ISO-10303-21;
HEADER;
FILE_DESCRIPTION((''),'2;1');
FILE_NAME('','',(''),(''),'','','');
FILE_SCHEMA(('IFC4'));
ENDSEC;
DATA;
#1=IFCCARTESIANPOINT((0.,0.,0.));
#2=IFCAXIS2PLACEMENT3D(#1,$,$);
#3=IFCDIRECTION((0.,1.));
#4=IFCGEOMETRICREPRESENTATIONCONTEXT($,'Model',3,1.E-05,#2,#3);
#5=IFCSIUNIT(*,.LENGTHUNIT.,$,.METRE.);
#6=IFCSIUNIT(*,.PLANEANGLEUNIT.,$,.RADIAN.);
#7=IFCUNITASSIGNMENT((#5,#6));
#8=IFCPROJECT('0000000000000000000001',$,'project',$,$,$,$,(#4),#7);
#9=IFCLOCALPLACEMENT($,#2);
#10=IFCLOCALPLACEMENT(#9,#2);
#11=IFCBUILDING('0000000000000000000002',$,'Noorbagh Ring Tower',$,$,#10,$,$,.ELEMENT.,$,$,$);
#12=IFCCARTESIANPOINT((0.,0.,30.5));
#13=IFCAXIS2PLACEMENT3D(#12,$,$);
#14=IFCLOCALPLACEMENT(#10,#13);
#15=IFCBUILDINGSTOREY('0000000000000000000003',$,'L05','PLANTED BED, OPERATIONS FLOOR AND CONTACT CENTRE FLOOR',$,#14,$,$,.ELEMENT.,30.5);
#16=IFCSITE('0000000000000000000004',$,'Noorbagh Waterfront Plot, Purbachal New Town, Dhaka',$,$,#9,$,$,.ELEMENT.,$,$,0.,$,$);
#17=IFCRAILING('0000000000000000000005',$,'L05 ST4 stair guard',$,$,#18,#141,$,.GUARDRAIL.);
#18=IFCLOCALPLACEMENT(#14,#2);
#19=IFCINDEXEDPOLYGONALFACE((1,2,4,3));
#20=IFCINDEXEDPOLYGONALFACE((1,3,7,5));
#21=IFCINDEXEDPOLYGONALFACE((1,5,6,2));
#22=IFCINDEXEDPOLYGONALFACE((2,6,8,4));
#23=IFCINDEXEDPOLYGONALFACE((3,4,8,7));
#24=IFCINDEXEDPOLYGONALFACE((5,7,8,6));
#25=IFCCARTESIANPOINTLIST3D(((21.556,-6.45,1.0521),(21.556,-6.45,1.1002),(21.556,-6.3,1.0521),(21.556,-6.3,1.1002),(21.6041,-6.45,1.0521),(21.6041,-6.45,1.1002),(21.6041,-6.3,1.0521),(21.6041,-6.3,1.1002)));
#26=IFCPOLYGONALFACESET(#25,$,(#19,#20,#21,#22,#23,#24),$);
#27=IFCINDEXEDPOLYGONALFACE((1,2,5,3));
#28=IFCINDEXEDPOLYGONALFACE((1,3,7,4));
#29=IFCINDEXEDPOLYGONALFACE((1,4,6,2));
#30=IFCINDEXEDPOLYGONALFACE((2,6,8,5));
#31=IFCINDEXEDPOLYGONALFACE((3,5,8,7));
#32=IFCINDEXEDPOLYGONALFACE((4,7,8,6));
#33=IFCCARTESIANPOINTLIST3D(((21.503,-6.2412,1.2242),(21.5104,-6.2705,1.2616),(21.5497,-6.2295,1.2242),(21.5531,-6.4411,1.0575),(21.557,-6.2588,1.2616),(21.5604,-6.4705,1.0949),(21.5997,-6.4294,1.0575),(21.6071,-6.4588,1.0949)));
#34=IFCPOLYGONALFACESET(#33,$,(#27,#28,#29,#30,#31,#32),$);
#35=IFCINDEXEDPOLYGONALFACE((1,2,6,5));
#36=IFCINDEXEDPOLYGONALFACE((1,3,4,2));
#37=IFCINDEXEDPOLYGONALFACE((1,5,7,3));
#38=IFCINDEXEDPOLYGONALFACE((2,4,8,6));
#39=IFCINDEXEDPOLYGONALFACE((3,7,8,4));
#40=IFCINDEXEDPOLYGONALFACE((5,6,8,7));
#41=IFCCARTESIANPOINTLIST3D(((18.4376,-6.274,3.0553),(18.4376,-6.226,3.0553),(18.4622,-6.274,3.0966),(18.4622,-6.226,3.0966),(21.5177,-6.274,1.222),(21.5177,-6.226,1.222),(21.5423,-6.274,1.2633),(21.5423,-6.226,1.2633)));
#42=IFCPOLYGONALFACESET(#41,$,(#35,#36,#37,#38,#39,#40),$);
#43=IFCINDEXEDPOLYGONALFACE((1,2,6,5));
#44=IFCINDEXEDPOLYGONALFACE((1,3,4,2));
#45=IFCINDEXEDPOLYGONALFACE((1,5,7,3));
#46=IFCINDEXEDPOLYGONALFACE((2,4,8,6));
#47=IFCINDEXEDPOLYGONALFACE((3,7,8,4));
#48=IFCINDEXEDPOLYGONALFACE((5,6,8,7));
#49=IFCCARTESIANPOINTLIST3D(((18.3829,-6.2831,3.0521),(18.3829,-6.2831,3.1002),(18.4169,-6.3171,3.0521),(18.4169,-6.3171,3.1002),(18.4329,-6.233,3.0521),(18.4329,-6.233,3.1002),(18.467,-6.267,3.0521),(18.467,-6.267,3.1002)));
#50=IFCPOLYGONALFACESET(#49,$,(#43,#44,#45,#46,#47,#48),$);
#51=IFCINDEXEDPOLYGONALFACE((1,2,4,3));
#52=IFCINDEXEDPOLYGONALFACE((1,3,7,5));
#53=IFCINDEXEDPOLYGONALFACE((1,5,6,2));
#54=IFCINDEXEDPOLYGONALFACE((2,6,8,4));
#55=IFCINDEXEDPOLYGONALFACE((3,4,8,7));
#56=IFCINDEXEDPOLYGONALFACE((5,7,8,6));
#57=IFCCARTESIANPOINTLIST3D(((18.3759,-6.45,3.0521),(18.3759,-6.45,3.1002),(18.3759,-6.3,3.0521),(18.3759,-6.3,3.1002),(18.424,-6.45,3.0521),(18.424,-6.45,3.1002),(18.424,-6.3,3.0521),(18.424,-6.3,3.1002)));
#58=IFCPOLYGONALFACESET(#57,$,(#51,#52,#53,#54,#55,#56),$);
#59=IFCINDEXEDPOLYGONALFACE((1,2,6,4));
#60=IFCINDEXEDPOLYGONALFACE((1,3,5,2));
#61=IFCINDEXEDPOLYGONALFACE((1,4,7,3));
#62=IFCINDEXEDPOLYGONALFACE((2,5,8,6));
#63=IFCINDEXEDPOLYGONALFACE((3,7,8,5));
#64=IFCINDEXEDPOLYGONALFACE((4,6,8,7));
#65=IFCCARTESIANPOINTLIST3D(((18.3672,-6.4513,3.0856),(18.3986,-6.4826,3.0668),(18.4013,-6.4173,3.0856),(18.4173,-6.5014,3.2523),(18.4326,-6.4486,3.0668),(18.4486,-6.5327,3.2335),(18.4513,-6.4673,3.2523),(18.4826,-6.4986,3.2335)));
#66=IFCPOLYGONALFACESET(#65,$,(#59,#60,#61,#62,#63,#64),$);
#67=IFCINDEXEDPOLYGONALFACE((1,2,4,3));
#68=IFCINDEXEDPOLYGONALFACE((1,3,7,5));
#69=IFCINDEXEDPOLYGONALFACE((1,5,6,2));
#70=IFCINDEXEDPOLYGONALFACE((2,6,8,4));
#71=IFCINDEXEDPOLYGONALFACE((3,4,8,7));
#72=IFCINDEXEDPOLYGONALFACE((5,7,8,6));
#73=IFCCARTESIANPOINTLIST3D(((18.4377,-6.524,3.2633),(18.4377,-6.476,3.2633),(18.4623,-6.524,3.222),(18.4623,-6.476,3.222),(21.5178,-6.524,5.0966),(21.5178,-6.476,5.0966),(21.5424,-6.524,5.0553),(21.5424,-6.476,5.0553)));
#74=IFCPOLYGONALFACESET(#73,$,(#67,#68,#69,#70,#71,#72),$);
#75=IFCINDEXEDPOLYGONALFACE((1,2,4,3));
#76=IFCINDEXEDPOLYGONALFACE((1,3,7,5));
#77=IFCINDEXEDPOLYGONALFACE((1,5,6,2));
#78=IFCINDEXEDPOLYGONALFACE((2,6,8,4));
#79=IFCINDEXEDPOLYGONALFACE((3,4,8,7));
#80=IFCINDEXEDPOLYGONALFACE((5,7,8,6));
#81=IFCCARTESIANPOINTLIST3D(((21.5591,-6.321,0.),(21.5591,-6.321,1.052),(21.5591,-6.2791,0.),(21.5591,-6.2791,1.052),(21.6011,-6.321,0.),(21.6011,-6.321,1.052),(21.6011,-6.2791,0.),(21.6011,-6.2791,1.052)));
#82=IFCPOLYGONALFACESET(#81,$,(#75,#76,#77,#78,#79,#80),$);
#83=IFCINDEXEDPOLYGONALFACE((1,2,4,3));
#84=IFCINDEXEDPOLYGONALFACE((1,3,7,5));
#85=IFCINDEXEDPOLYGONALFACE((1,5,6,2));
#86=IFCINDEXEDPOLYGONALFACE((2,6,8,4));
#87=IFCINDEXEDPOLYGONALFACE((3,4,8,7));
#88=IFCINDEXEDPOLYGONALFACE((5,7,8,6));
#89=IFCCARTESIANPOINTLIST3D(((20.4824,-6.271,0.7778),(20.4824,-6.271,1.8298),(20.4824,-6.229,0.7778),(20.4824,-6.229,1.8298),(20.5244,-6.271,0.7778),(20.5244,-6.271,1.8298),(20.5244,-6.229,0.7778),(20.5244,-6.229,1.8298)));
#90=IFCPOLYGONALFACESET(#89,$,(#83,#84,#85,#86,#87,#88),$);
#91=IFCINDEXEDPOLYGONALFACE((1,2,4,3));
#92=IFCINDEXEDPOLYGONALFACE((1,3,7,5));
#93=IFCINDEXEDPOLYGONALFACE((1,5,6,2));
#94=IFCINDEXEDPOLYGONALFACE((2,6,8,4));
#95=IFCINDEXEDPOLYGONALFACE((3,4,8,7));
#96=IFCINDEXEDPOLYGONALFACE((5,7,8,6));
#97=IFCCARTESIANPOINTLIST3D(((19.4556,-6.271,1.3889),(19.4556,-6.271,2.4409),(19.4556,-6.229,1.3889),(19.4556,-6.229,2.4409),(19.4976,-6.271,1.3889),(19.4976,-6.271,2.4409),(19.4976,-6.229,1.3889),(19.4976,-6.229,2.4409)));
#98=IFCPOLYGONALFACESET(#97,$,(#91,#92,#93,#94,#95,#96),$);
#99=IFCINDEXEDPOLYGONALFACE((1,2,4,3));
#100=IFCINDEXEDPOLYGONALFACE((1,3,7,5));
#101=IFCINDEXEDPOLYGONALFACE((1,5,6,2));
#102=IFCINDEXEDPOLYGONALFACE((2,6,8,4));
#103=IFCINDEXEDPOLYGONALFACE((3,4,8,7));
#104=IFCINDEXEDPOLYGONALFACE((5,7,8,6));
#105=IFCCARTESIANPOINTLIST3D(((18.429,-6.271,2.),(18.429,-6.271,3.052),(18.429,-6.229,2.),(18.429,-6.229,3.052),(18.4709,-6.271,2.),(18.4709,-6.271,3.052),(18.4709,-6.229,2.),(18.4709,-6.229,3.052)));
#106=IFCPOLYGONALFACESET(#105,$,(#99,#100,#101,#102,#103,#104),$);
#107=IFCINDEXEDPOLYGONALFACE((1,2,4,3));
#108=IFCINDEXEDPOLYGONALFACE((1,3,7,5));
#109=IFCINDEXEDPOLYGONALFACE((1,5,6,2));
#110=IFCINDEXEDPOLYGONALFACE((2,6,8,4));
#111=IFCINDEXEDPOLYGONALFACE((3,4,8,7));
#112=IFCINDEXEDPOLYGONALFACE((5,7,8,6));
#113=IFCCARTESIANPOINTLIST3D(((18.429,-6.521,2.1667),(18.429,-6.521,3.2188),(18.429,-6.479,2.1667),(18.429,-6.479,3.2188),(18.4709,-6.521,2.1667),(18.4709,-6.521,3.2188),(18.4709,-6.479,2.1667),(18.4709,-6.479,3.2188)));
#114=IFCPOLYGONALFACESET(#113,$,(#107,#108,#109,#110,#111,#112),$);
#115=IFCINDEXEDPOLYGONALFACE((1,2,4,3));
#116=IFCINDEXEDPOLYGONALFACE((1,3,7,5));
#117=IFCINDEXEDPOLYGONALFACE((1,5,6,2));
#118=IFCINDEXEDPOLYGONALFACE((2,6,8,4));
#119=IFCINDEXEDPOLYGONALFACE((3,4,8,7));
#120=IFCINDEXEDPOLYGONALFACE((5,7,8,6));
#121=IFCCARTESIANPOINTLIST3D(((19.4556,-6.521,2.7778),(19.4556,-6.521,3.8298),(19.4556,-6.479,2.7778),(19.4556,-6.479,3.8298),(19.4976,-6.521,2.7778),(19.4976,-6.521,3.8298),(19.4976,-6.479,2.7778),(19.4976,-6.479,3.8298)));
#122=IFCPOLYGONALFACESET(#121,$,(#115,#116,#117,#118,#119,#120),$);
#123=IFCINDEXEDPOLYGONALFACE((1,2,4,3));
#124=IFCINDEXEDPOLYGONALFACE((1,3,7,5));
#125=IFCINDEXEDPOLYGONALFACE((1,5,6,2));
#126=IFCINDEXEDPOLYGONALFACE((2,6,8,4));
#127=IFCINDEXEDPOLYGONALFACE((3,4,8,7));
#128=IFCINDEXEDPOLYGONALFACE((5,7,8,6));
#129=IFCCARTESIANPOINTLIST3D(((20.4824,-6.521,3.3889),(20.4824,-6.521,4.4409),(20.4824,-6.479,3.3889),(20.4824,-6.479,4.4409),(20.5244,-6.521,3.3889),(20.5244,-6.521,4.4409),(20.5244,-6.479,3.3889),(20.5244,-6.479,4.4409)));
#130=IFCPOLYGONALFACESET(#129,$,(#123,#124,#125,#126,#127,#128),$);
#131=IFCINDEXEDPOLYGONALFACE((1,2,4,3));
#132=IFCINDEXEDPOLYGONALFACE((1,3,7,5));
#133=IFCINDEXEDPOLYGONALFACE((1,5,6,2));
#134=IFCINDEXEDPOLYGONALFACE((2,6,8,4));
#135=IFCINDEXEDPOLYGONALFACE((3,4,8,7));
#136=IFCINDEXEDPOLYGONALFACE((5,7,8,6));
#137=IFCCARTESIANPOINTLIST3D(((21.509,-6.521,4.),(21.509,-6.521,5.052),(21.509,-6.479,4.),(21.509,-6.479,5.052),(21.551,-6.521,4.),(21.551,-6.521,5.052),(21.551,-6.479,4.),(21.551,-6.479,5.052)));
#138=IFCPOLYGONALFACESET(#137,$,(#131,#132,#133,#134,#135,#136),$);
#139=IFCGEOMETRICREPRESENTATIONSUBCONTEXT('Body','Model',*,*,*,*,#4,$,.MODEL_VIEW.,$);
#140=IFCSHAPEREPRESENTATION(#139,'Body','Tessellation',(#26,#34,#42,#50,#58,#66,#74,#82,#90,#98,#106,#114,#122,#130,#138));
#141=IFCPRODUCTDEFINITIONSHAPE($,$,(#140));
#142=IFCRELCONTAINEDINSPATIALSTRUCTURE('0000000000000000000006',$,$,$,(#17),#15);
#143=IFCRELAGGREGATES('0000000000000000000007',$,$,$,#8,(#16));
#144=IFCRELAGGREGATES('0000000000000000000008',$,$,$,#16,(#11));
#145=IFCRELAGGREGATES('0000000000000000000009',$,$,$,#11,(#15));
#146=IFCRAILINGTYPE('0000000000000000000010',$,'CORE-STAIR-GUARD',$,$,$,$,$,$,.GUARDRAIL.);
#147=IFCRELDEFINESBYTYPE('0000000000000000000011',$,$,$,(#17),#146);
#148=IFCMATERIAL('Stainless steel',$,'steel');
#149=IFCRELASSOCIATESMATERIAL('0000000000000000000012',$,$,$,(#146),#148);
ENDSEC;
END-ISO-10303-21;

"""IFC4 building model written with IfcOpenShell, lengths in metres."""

from ifc_helpers import new_model, si_unit, direction, frame, origin, origin_2d, place, context, subcontext, project, spatial, rectangle, extrude, material, type_object, element, save


model = new_model("IFC4")

# Units and contexts
model_context = context("Model", 3, precision=1e-05, world=origin(), true_north=direction((0.0, 1.0)))
body_context = subcontext(model_context, "Body", "Model", "MODEL_VIEW")
ifc_project = project(units=[si_unit("LENGTHUNIT", "METRE"), si_unit("PLANEANGLEUNIT", "RADIAN")], contexts=[model_context])

# Site, building, storey
site_placement = place(None, origin())
site = spatial("IfcSite", under=ifc_project, at=site_placement, Name="Noorbagh Waterfront Plot, Purbachal New Town, Dhaka", CompositionType="ELEMENT", RefElevation=0.0)
building_placement = place(site_placement, origin())
building = spatial("IfcBuilding", under=site, at=building_placement, Name="Noorbagh Ring Tower", CompositionType="ELEMENT")
storey_placement = place(building_placement, frame((0.0, 0.0, 30.5)))
storey = spatial("IfcBuildingStorey", under=building, at=storey_placement, Name="L05", Description="PLANTED BED, OPERATIONS FLOOR AND CONTACT CENTRE FLOOR", CompositionType="ELEMENT", Elevation=30.5)

# Railing
ifc_material_1 = material(Name="Stainless steel", Category="steel")
railing_type_1 = type_object("IfcRailingType", Name="CORE-STAIR-GUARD", PredefinedType="GUARDRAIL", material=ifc_material_1)
railing_1_placement = place(storey_placement, frame((21.5801, -6.3, 0.0)))
element("IfcRailing", 1, at=railing_1_placement, inside=storey, type_object=railing_type_1, Name="L05 ST4 stair guard", PredefinedType="GUARDRAIL", context=body_context, shape_type="SweptSolid", body=[
    extrude(rectangle(XDim=0.0481, YDim=0.0481, at=origin_2d()), frame((0.0, 0.0, 1.0762), z_axis=(0.0, -1.0, 0.0), x_axis=(1.0, 0.0, 0.0)), (0.0, 0.0, 1.0), 0.1499),
    extrude(rectangle(XDim=0.0481, YDim=0.0481, at=origin_2d()), frame((0.0, -0.1499, 1.0762), z_axis=(-0.188776, 0.754182, 0.628946), x_axis=(-0.970073, -0.242814, 0.0)), (0.0, 0.0, 1.0), 0.2651),
    extrude(rectangle(XDim=0.0481, YDim=0.0481, at=origin_2d()), frame((-0.05, 0.05, 1.2427), z_axis=(-0.859309, 0.0, 0.511458), x_axis=(0.0, -1.0, 0.0)), (0.0, 0.0, 1.0), 3.5845),
    extrude(rectangle(XDim=0.0481, YDim=0.0481, at=origin_2d()), frame((-3.1301, 0.05, 3.0762), z_axis=(-0.707107, -0.707107, 0.0), x_axis=(0.707107, -0.707107, 0.0)), (0.0, 0.0, 1.0), 0.0708),
    extrude(rectangle(XDim=0.0481, YDim=0.0481, at=origin_2d()), frame((-3.1802, 0.0, 3.0762), z_axis=(0.0, -1.0, 0.0), x_axis=(1.0, 0.0, 0.0)), (0.0, 0.0, 1.0), 0.1499),
    extrude(rectangle(XDim=0.0481, YDim=0.0481, at=origin_2d()), frame((-3.1802, -0.1499, 3.0762), z_axis=(0.276287, -0.276287, 0.920506), x_axis=(0.707107, 0.707107, 0.0)), (0.0, 0.0, 1.0), 0.1812),
    extrude(rectangle(XDim=0.0481, YDim=0.0481, at=origin_2d()), frame((-3.1301, -0.2, 3.2427), z_axis=(0.859309, 0.0, 0.511458), x_axis=(0.0, 1.0, 0.0)), (0.0, 0.0, 1.0), 3.5845),
    extrude(rectangle(XDim=0.042, YDim=0.042, at=origin_2d()), origin(), (0.0, 0.0, 1.0), 1.052),
    extrude(rectangle(XDim=0.042, YDim=0.042, at=origin_2d()), frame((-1.0767, 0.05, 0.7778)), (0.0, 0.0, 1.0), 1.052),
    extrude(rectangle(XDim=0.042, YDim=0.042, at=origin_2d()), frame((-2.1035, 0.05, 1.3889)), (0.0, 0.0, 1.0), 1.052),
    extrude(rectangle(XDim=0.042, YDim=0.042, at=origin_2d()), frame((-3.1301, 0.05, 2.0)), (0.0, 0.0, 1.0), 1.052),
    extrude(rectangle(XDim=0.042, YDim=0.042, at=origin_2d()), frame((-3.1301, -0.2, 2.1667)), (0.0, 0.0, 1.0), 1.052),
    extrude(rectangle(XDim=0.042, YDim=0.042, at=origin_2d()), frame((-2.1035, -0.2, 2.7778)), (0.0, 0.0, 1.0), 1.052),
    extrude(rectangle(XDim=0.042, YDim=0.042, at=origin_2d()), frame((-1.0767, -0.2, 3.3889)), (0.0, 0.0, 1.0), 1.052),
    extrude(rectangle(XDim=0.042, YDim=0.042, at=origin_2d()), frame((-0.05, -0.2, 4.0)), (0.0, 0.0, 1.0), 1.052),
])

save(model, "model.ifc")
